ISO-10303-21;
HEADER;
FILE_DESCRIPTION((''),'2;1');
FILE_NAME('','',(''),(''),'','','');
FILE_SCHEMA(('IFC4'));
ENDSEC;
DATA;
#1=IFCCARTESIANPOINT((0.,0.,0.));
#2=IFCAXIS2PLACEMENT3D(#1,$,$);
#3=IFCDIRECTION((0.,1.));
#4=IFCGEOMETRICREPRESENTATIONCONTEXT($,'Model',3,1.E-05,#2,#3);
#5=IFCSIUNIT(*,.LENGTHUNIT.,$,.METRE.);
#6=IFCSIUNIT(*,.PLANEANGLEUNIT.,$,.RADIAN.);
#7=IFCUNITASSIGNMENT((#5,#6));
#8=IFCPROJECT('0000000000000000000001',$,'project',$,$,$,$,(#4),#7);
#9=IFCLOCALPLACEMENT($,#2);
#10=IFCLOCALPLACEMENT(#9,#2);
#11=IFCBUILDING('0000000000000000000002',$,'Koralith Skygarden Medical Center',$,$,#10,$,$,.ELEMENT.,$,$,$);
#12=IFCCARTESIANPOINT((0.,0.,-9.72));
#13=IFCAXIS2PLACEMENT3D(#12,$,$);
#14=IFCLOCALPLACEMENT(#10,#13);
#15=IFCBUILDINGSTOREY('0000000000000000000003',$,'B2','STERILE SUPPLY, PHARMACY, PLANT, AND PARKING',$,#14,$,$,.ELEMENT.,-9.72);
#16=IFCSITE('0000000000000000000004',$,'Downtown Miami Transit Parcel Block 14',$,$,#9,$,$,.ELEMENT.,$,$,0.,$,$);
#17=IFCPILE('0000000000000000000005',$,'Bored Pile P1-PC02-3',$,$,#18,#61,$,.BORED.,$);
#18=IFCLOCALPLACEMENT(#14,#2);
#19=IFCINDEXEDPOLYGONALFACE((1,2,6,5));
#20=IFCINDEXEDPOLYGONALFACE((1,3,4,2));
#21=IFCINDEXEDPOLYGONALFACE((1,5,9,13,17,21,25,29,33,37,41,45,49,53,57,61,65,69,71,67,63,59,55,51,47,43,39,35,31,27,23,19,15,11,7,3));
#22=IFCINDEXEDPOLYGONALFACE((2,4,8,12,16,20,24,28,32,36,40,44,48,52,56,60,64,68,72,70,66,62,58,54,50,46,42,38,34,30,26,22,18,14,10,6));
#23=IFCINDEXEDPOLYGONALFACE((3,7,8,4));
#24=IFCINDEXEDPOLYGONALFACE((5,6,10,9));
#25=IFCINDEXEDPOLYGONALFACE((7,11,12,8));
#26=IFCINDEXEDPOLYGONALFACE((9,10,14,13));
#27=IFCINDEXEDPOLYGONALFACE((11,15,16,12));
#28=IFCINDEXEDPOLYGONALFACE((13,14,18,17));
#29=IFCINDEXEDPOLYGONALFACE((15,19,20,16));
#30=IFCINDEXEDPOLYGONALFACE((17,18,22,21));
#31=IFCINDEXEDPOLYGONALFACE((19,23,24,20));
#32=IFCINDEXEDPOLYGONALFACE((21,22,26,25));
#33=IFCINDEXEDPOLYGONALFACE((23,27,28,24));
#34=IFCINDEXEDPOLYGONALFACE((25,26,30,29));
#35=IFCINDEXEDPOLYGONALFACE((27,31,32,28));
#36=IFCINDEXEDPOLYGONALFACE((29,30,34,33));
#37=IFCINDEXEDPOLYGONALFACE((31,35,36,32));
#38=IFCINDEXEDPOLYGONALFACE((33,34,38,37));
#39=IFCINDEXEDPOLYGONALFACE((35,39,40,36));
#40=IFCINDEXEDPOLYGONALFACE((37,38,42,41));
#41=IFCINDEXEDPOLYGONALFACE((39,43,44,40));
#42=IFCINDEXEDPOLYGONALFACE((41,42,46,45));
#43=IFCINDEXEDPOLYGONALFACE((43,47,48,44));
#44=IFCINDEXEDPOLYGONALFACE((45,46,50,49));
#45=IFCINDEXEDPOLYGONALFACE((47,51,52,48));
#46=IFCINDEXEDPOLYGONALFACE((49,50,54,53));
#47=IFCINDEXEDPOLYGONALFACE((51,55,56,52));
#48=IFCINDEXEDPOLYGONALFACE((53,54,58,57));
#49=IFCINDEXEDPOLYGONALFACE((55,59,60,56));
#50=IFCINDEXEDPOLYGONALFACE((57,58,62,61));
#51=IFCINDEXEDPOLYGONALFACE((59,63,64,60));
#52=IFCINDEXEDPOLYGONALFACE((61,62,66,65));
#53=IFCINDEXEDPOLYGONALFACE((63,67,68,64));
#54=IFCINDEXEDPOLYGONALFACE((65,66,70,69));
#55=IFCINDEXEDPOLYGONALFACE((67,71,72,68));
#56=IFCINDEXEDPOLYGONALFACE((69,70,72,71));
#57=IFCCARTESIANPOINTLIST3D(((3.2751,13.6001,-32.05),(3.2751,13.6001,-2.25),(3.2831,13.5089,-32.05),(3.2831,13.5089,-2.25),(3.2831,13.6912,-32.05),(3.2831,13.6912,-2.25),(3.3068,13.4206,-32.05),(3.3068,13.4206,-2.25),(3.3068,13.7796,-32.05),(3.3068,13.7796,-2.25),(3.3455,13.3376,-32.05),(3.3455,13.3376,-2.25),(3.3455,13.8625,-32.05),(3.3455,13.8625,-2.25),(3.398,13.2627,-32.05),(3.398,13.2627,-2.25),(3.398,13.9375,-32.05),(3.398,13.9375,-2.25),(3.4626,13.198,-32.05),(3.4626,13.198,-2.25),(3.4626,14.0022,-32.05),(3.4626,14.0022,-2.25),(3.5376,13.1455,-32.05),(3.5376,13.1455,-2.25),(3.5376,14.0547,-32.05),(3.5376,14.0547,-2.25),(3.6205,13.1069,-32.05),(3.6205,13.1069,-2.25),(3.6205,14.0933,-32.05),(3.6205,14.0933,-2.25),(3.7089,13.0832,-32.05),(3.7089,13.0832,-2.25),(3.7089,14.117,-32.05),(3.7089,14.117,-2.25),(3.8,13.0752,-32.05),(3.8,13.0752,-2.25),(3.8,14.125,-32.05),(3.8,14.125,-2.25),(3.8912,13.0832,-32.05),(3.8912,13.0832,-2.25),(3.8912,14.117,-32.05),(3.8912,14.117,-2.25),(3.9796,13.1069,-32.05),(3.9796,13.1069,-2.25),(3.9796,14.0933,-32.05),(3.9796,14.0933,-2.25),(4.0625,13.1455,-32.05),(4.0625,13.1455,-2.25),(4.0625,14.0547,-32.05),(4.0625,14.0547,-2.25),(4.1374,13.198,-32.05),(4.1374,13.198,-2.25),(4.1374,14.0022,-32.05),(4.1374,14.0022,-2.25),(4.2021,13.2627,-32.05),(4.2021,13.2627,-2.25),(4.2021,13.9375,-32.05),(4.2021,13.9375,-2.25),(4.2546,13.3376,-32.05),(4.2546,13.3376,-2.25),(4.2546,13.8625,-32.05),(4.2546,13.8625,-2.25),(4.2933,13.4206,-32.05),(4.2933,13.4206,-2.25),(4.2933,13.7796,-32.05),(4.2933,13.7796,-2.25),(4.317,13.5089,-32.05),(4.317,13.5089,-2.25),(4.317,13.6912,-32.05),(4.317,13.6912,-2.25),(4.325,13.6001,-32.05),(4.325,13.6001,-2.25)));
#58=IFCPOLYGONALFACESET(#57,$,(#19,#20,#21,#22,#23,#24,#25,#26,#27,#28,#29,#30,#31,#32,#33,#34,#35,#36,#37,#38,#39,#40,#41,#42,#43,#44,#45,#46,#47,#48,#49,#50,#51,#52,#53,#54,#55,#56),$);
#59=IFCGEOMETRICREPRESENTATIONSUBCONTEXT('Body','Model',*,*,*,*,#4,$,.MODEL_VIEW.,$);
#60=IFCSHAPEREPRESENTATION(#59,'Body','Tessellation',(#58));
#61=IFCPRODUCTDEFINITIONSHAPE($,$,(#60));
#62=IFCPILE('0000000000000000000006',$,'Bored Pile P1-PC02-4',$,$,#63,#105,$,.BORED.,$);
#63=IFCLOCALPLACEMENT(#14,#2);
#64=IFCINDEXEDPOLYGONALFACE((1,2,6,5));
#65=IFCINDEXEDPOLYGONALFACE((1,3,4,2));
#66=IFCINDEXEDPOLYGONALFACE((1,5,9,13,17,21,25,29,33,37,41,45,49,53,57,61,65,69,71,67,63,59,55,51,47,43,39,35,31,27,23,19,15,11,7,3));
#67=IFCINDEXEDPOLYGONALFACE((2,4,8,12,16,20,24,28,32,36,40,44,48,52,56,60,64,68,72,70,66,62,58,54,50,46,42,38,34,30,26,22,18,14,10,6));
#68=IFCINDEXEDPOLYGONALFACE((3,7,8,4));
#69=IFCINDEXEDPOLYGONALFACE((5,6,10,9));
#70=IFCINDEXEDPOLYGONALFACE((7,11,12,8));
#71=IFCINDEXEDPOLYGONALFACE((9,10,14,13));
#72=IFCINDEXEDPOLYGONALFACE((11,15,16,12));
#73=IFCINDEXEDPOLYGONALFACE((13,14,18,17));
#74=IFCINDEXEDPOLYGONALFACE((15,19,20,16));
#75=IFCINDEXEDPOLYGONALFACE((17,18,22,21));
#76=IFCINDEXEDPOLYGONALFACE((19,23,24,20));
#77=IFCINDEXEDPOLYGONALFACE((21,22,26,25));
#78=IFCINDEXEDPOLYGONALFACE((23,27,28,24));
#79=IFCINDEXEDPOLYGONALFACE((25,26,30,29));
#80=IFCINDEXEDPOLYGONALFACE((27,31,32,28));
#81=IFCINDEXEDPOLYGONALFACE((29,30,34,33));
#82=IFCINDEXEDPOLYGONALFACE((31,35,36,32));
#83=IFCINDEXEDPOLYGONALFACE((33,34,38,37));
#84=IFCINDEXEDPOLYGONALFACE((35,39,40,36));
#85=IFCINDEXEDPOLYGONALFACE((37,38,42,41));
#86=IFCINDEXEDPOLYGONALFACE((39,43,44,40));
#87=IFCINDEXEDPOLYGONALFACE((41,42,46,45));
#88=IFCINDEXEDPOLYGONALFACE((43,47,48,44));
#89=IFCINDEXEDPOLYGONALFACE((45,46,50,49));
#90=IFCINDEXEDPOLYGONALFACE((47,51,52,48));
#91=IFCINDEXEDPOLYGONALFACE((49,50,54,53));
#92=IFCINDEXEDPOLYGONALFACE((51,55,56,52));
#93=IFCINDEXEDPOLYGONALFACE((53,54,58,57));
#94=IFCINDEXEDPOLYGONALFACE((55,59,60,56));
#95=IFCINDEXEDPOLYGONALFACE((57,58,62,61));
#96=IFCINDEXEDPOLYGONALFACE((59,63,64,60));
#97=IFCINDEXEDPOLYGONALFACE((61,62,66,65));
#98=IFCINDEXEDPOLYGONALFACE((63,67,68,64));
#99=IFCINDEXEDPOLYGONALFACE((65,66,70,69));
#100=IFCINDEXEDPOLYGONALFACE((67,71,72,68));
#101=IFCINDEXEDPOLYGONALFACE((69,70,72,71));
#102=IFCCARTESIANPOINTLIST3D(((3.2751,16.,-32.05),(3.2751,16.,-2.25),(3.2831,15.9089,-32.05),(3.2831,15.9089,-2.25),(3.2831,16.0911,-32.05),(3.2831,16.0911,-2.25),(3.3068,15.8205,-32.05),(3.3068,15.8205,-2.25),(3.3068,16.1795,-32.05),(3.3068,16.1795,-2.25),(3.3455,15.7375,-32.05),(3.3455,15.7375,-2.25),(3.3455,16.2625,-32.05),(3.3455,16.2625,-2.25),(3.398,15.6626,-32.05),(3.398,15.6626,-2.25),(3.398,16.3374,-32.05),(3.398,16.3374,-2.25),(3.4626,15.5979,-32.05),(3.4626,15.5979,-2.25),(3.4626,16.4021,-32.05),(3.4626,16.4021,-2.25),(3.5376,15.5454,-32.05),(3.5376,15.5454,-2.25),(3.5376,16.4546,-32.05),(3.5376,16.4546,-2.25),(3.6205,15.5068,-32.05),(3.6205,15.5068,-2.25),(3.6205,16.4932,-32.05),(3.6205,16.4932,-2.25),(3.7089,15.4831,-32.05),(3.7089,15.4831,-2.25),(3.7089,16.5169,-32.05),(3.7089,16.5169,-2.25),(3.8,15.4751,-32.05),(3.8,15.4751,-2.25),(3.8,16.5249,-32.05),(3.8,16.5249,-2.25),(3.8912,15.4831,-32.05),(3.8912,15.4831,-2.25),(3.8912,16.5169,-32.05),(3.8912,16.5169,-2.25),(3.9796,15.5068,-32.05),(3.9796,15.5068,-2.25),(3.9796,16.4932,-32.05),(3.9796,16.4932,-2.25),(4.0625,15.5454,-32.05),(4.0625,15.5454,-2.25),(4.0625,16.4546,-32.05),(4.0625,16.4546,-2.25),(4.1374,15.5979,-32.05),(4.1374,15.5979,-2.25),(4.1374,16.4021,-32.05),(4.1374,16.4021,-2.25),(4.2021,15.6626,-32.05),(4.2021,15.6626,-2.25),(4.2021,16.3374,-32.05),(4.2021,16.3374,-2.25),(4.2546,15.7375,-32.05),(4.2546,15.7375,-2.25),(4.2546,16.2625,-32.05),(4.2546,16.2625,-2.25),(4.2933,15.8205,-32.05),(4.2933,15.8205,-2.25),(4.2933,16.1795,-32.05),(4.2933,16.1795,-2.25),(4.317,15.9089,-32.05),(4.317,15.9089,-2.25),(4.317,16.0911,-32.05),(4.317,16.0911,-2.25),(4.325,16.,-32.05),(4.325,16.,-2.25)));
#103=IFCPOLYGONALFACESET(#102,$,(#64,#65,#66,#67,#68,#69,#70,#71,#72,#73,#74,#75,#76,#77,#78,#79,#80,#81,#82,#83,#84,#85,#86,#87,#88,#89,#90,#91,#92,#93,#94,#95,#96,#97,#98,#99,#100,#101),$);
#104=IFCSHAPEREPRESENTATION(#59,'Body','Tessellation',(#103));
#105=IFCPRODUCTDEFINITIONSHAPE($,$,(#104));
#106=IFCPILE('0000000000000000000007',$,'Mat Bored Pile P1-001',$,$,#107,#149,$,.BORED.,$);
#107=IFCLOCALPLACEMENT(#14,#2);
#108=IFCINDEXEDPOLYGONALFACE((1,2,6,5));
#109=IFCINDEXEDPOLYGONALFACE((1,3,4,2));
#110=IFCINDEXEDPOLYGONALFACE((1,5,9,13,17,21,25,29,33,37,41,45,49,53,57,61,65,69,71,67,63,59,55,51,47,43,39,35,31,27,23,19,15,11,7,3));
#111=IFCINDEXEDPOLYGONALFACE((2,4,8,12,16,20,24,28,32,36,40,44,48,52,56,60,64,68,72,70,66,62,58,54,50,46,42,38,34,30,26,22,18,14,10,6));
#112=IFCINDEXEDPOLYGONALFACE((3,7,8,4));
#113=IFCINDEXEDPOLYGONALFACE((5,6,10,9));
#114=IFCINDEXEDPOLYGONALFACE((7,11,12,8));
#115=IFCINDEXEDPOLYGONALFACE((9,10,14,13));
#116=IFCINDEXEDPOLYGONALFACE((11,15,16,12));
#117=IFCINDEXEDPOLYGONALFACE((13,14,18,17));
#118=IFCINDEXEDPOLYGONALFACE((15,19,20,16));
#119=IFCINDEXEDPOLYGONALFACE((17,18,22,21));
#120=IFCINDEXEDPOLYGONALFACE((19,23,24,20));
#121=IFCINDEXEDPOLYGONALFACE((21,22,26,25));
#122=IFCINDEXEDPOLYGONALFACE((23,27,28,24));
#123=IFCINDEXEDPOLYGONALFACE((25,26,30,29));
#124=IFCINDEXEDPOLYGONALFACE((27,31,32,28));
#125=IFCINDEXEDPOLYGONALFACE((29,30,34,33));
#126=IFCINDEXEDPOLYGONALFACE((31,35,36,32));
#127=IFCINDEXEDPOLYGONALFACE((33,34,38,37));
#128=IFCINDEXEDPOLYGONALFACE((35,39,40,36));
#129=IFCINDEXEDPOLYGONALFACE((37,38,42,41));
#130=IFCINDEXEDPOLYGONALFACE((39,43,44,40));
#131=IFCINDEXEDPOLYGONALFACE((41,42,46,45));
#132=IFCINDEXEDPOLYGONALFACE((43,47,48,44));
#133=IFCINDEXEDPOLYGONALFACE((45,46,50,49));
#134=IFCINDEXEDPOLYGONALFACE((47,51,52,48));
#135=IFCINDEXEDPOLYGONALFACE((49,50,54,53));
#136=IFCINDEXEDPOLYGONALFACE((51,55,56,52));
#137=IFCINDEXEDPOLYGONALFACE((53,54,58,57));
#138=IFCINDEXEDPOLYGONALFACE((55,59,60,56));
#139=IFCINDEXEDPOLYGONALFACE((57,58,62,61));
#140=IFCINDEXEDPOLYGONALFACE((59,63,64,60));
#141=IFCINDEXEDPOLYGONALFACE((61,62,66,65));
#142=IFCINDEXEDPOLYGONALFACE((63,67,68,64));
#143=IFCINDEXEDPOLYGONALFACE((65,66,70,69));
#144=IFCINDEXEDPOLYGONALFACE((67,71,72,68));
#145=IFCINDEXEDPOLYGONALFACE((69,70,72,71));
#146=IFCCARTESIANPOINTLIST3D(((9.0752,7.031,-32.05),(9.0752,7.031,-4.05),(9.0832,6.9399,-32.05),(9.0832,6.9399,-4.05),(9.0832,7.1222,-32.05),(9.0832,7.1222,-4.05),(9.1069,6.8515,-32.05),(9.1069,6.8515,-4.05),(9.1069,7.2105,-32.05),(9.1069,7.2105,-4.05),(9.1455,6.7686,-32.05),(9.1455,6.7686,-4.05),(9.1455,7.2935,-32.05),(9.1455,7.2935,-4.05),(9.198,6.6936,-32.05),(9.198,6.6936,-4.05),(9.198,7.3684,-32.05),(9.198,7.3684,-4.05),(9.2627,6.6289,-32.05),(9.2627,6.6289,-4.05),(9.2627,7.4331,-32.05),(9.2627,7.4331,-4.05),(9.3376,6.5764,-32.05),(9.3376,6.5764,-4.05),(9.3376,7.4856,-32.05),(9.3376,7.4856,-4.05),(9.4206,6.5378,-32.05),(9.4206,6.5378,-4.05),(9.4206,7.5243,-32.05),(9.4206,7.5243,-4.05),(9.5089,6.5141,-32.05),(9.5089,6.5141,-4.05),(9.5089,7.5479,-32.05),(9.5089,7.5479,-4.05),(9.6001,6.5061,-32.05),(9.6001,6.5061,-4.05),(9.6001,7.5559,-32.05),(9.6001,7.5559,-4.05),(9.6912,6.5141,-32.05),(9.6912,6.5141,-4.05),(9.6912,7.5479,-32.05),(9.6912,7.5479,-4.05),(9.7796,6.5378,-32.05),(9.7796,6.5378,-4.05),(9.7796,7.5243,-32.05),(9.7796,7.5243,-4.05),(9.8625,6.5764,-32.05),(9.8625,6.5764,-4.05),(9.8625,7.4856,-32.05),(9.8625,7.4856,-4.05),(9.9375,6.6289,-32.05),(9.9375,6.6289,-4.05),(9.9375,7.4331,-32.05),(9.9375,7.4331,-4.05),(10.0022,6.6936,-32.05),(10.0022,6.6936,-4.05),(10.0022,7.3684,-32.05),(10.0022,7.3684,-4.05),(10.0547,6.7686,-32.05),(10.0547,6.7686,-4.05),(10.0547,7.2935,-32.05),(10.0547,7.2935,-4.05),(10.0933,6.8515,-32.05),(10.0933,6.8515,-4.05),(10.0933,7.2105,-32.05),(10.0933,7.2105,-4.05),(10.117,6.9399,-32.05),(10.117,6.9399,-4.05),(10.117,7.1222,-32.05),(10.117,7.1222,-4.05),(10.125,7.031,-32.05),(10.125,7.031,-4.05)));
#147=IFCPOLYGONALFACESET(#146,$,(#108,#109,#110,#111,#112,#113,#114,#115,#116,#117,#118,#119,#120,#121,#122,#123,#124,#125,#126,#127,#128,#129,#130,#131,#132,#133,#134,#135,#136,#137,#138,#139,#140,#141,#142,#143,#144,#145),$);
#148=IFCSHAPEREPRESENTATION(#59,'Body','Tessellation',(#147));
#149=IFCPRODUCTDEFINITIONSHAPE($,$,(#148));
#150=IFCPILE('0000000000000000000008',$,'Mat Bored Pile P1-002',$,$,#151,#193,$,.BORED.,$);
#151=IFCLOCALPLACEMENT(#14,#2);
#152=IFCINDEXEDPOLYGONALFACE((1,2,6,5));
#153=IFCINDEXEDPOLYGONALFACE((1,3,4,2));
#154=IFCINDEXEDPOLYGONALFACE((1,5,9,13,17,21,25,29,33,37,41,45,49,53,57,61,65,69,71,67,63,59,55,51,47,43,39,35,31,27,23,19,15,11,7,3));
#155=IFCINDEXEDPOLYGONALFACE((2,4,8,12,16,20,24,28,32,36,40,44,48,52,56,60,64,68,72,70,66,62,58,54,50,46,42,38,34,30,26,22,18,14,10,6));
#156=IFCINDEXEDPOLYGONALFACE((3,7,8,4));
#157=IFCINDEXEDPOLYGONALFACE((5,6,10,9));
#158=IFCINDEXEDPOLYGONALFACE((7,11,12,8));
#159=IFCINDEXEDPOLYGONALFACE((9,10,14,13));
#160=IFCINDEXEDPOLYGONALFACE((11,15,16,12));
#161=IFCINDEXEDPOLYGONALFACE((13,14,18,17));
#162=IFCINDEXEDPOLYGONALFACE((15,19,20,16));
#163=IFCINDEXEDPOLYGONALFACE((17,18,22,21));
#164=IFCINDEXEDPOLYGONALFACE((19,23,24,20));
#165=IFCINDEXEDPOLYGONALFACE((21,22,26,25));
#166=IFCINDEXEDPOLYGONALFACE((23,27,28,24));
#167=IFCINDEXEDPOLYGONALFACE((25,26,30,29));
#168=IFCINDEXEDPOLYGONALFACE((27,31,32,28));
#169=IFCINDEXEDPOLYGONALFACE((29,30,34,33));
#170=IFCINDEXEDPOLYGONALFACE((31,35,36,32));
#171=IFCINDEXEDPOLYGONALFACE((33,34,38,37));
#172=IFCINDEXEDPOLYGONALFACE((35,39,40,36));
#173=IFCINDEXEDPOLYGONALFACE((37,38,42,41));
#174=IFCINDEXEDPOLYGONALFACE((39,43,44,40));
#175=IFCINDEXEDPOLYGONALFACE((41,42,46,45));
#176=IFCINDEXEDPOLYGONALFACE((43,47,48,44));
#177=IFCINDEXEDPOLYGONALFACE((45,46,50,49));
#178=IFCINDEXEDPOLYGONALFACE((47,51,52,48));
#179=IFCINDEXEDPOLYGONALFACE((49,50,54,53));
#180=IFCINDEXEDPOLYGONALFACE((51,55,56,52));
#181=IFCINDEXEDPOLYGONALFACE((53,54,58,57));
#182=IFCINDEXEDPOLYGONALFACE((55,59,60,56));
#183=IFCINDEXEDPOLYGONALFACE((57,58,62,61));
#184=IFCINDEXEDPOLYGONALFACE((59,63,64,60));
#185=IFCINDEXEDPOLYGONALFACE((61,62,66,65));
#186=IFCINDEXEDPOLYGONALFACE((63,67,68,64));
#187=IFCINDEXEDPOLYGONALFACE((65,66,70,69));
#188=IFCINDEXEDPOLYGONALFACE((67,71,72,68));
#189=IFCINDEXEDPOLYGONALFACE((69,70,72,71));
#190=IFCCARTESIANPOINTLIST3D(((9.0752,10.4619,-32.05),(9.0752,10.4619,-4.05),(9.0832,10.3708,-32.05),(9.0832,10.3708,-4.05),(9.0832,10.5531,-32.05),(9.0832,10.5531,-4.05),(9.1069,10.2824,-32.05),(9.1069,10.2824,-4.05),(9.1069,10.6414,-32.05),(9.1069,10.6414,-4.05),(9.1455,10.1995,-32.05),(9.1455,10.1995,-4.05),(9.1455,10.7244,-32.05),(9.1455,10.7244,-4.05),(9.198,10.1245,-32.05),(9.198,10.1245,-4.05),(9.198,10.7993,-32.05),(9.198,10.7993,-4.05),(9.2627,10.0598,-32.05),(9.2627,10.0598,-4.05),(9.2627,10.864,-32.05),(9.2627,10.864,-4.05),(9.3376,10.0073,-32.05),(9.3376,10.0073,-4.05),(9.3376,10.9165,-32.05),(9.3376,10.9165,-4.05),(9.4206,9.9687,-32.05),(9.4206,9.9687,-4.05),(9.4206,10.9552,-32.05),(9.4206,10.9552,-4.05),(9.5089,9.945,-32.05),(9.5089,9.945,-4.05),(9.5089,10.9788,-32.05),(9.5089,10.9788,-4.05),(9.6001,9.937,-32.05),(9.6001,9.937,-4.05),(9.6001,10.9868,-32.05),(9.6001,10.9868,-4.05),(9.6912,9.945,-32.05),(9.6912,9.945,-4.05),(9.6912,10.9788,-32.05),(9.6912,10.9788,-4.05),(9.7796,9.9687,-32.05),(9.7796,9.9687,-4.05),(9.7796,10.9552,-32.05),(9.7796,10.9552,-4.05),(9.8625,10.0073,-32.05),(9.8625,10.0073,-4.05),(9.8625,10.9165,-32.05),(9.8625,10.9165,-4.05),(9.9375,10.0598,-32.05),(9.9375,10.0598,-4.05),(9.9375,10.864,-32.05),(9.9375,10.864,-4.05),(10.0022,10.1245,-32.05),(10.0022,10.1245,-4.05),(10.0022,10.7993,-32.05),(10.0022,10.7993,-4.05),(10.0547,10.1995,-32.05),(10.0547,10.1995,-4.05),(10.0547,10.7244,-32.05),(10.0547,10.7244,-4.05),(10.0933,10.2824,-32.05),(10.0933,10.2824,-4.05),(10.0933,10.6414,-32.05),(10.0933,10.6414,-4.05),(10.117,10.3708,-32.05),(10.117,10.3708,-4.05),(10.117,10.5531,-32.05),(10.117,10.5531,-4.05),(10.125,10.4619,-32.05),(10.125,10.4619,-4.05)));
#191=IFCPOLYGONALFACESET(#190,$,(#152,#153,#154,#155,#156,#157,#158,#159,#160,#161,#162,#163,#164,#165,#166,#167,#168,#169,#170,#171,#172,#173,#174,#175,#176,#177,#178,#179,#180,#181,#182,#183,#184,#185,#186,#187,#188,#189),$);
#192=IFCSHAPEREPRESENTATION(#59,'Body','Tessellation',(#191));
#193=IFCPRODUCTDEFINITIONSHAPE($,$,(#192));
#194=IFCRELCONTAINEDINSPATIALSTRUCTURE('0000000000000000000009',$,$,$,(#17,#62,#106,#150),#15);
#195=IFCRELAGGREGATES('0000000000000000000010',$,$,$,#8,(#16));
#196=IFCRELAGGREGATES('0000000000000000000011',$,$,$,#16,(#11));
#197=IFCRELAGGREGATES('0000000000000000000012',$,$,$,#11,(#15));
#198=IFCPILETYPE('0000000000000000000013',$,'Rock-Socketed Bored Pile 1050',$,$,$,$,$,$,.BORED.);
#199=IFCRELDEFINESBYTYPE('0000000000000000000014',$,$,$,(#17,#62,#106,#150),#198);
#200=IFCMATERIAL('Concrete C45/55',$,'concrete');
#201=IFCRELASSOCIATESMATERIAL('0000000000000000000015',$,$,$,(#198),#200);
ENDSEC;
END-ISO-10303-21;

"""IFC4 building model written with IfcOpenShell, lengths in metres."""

from ifc_helpers import new_model, si_unit, direction, frame, origin, origin_2d, place, context, subcontext, project, spatial, circle, extrude, material, material_profile, profile_set, type_object, element, save


model = new_model("IFC4")

# Units and contexts
model_context = context("Model", 3, precision=1e-05, world=origin(), true_north=direction((0.0, 1.0)))
body_context = subcontext(model_context, "Body", "Model", "MODEL_VIEW")
ifc_project = project(units=[si_unit("LENGTHUNIT", "METRE"), si_unit("PLANEANGLEUNIT", "RADIAN")], contexts=[model_context])

# Site, building, storey
site_placement = place(None, origin())
site = spatial("IfcSite", under=ifc_project, at=site_placement, Name="Downtown Miami Transit Parcel Block 14", CompositionType="ELEMENT", RefElevation=0.0)
building_placement = place(site_placement, origin())
building = spatial("IfcBuilding", under=site, at=building_placement, Name="Koralith Skygarden Medical Center", CompositionType="ELEMENT")
storey_placement = place(building_placement, frame((0.0, 0.0, -9.72)))
storey = spatial("IfcBuildingStorey", under=building, at=storey_placement, Name="B2", Description="STERILE SUPPLY, PHARMACY, PLANT, AND PARKING", CompositionType="ELEMENT", Elevation=-9.72)

# Piles
ifc_material_1 = material(Name="Concrete C45/55", Category="concrete")
ifc_material_profile_1 = material_profile(ifc_material_1, circle(Radius=0.5249, at=origin_2d()), Name="PILE1050")
ifc_profile_set_1 = profile_set([ifc_material_profile_1], Name="Concrete C45/55")
pile_type = type_object("IfcPileType", Name="Rock-Socketed Bored Pile 1050", PredefinedType="BORED", material=ifc_profile_set_1)
for number, where, z_axis, x_axis, name in (
    (1, (3.8, 13.6001, -2.25), (0.0, 0.0, -1.0), (1.0, 0.0, 0.0), "Bored Pile P1-PC02-3"),
    (2, (3.8, 16.0, -2.25), (0.0, 0.0, -1.0), (1.0, 0.0, 0.0), "Bored Pile P1-PC02-4"),
):
    element("IfcPile", number, at=place(storey_placement, frame(where, z_axis=z_axis, x_axis=x_axis)), inside=storey, type_object=pile_type, Name=name, PredefinedType="BORED", context=body_context, shape_type="SweptSolid", body=[
        extrude(circle(Radius=0.5249, at=origin_2d()), origin(), (0.0, 0.0, 1.0), 29.8),
    ])
for number, where, z_axis, x_axis, name in (
    (3, (9.6001, 7.031, -4.05), (0.0, 0.0, -1.0), (1.0, 0.0, 0.0), "Mat Bored Pile P1-001"),
    (4, (9.6001, 10.4619, -4.05), (0.0, 0.0, -1.0), (1.0, 0.0, 0.0), "Mat Bored Pile P1-002"),
):
    element("IfcPile", number, at=place(storey_placement, frame(where, z_axis=z_axis, x_axis=x_axis)), inside=storey, type_object=pile_type, Name=name, PredefinedType="BORED", context=body_context, shape_type="SweptSolid", body=[
        extrude(circle(Radius=0.5249, at=origin_2d()), origin(), (0.0, 0.0, 1.0), 28.0),
    ])

save(model, "model.ifc")
